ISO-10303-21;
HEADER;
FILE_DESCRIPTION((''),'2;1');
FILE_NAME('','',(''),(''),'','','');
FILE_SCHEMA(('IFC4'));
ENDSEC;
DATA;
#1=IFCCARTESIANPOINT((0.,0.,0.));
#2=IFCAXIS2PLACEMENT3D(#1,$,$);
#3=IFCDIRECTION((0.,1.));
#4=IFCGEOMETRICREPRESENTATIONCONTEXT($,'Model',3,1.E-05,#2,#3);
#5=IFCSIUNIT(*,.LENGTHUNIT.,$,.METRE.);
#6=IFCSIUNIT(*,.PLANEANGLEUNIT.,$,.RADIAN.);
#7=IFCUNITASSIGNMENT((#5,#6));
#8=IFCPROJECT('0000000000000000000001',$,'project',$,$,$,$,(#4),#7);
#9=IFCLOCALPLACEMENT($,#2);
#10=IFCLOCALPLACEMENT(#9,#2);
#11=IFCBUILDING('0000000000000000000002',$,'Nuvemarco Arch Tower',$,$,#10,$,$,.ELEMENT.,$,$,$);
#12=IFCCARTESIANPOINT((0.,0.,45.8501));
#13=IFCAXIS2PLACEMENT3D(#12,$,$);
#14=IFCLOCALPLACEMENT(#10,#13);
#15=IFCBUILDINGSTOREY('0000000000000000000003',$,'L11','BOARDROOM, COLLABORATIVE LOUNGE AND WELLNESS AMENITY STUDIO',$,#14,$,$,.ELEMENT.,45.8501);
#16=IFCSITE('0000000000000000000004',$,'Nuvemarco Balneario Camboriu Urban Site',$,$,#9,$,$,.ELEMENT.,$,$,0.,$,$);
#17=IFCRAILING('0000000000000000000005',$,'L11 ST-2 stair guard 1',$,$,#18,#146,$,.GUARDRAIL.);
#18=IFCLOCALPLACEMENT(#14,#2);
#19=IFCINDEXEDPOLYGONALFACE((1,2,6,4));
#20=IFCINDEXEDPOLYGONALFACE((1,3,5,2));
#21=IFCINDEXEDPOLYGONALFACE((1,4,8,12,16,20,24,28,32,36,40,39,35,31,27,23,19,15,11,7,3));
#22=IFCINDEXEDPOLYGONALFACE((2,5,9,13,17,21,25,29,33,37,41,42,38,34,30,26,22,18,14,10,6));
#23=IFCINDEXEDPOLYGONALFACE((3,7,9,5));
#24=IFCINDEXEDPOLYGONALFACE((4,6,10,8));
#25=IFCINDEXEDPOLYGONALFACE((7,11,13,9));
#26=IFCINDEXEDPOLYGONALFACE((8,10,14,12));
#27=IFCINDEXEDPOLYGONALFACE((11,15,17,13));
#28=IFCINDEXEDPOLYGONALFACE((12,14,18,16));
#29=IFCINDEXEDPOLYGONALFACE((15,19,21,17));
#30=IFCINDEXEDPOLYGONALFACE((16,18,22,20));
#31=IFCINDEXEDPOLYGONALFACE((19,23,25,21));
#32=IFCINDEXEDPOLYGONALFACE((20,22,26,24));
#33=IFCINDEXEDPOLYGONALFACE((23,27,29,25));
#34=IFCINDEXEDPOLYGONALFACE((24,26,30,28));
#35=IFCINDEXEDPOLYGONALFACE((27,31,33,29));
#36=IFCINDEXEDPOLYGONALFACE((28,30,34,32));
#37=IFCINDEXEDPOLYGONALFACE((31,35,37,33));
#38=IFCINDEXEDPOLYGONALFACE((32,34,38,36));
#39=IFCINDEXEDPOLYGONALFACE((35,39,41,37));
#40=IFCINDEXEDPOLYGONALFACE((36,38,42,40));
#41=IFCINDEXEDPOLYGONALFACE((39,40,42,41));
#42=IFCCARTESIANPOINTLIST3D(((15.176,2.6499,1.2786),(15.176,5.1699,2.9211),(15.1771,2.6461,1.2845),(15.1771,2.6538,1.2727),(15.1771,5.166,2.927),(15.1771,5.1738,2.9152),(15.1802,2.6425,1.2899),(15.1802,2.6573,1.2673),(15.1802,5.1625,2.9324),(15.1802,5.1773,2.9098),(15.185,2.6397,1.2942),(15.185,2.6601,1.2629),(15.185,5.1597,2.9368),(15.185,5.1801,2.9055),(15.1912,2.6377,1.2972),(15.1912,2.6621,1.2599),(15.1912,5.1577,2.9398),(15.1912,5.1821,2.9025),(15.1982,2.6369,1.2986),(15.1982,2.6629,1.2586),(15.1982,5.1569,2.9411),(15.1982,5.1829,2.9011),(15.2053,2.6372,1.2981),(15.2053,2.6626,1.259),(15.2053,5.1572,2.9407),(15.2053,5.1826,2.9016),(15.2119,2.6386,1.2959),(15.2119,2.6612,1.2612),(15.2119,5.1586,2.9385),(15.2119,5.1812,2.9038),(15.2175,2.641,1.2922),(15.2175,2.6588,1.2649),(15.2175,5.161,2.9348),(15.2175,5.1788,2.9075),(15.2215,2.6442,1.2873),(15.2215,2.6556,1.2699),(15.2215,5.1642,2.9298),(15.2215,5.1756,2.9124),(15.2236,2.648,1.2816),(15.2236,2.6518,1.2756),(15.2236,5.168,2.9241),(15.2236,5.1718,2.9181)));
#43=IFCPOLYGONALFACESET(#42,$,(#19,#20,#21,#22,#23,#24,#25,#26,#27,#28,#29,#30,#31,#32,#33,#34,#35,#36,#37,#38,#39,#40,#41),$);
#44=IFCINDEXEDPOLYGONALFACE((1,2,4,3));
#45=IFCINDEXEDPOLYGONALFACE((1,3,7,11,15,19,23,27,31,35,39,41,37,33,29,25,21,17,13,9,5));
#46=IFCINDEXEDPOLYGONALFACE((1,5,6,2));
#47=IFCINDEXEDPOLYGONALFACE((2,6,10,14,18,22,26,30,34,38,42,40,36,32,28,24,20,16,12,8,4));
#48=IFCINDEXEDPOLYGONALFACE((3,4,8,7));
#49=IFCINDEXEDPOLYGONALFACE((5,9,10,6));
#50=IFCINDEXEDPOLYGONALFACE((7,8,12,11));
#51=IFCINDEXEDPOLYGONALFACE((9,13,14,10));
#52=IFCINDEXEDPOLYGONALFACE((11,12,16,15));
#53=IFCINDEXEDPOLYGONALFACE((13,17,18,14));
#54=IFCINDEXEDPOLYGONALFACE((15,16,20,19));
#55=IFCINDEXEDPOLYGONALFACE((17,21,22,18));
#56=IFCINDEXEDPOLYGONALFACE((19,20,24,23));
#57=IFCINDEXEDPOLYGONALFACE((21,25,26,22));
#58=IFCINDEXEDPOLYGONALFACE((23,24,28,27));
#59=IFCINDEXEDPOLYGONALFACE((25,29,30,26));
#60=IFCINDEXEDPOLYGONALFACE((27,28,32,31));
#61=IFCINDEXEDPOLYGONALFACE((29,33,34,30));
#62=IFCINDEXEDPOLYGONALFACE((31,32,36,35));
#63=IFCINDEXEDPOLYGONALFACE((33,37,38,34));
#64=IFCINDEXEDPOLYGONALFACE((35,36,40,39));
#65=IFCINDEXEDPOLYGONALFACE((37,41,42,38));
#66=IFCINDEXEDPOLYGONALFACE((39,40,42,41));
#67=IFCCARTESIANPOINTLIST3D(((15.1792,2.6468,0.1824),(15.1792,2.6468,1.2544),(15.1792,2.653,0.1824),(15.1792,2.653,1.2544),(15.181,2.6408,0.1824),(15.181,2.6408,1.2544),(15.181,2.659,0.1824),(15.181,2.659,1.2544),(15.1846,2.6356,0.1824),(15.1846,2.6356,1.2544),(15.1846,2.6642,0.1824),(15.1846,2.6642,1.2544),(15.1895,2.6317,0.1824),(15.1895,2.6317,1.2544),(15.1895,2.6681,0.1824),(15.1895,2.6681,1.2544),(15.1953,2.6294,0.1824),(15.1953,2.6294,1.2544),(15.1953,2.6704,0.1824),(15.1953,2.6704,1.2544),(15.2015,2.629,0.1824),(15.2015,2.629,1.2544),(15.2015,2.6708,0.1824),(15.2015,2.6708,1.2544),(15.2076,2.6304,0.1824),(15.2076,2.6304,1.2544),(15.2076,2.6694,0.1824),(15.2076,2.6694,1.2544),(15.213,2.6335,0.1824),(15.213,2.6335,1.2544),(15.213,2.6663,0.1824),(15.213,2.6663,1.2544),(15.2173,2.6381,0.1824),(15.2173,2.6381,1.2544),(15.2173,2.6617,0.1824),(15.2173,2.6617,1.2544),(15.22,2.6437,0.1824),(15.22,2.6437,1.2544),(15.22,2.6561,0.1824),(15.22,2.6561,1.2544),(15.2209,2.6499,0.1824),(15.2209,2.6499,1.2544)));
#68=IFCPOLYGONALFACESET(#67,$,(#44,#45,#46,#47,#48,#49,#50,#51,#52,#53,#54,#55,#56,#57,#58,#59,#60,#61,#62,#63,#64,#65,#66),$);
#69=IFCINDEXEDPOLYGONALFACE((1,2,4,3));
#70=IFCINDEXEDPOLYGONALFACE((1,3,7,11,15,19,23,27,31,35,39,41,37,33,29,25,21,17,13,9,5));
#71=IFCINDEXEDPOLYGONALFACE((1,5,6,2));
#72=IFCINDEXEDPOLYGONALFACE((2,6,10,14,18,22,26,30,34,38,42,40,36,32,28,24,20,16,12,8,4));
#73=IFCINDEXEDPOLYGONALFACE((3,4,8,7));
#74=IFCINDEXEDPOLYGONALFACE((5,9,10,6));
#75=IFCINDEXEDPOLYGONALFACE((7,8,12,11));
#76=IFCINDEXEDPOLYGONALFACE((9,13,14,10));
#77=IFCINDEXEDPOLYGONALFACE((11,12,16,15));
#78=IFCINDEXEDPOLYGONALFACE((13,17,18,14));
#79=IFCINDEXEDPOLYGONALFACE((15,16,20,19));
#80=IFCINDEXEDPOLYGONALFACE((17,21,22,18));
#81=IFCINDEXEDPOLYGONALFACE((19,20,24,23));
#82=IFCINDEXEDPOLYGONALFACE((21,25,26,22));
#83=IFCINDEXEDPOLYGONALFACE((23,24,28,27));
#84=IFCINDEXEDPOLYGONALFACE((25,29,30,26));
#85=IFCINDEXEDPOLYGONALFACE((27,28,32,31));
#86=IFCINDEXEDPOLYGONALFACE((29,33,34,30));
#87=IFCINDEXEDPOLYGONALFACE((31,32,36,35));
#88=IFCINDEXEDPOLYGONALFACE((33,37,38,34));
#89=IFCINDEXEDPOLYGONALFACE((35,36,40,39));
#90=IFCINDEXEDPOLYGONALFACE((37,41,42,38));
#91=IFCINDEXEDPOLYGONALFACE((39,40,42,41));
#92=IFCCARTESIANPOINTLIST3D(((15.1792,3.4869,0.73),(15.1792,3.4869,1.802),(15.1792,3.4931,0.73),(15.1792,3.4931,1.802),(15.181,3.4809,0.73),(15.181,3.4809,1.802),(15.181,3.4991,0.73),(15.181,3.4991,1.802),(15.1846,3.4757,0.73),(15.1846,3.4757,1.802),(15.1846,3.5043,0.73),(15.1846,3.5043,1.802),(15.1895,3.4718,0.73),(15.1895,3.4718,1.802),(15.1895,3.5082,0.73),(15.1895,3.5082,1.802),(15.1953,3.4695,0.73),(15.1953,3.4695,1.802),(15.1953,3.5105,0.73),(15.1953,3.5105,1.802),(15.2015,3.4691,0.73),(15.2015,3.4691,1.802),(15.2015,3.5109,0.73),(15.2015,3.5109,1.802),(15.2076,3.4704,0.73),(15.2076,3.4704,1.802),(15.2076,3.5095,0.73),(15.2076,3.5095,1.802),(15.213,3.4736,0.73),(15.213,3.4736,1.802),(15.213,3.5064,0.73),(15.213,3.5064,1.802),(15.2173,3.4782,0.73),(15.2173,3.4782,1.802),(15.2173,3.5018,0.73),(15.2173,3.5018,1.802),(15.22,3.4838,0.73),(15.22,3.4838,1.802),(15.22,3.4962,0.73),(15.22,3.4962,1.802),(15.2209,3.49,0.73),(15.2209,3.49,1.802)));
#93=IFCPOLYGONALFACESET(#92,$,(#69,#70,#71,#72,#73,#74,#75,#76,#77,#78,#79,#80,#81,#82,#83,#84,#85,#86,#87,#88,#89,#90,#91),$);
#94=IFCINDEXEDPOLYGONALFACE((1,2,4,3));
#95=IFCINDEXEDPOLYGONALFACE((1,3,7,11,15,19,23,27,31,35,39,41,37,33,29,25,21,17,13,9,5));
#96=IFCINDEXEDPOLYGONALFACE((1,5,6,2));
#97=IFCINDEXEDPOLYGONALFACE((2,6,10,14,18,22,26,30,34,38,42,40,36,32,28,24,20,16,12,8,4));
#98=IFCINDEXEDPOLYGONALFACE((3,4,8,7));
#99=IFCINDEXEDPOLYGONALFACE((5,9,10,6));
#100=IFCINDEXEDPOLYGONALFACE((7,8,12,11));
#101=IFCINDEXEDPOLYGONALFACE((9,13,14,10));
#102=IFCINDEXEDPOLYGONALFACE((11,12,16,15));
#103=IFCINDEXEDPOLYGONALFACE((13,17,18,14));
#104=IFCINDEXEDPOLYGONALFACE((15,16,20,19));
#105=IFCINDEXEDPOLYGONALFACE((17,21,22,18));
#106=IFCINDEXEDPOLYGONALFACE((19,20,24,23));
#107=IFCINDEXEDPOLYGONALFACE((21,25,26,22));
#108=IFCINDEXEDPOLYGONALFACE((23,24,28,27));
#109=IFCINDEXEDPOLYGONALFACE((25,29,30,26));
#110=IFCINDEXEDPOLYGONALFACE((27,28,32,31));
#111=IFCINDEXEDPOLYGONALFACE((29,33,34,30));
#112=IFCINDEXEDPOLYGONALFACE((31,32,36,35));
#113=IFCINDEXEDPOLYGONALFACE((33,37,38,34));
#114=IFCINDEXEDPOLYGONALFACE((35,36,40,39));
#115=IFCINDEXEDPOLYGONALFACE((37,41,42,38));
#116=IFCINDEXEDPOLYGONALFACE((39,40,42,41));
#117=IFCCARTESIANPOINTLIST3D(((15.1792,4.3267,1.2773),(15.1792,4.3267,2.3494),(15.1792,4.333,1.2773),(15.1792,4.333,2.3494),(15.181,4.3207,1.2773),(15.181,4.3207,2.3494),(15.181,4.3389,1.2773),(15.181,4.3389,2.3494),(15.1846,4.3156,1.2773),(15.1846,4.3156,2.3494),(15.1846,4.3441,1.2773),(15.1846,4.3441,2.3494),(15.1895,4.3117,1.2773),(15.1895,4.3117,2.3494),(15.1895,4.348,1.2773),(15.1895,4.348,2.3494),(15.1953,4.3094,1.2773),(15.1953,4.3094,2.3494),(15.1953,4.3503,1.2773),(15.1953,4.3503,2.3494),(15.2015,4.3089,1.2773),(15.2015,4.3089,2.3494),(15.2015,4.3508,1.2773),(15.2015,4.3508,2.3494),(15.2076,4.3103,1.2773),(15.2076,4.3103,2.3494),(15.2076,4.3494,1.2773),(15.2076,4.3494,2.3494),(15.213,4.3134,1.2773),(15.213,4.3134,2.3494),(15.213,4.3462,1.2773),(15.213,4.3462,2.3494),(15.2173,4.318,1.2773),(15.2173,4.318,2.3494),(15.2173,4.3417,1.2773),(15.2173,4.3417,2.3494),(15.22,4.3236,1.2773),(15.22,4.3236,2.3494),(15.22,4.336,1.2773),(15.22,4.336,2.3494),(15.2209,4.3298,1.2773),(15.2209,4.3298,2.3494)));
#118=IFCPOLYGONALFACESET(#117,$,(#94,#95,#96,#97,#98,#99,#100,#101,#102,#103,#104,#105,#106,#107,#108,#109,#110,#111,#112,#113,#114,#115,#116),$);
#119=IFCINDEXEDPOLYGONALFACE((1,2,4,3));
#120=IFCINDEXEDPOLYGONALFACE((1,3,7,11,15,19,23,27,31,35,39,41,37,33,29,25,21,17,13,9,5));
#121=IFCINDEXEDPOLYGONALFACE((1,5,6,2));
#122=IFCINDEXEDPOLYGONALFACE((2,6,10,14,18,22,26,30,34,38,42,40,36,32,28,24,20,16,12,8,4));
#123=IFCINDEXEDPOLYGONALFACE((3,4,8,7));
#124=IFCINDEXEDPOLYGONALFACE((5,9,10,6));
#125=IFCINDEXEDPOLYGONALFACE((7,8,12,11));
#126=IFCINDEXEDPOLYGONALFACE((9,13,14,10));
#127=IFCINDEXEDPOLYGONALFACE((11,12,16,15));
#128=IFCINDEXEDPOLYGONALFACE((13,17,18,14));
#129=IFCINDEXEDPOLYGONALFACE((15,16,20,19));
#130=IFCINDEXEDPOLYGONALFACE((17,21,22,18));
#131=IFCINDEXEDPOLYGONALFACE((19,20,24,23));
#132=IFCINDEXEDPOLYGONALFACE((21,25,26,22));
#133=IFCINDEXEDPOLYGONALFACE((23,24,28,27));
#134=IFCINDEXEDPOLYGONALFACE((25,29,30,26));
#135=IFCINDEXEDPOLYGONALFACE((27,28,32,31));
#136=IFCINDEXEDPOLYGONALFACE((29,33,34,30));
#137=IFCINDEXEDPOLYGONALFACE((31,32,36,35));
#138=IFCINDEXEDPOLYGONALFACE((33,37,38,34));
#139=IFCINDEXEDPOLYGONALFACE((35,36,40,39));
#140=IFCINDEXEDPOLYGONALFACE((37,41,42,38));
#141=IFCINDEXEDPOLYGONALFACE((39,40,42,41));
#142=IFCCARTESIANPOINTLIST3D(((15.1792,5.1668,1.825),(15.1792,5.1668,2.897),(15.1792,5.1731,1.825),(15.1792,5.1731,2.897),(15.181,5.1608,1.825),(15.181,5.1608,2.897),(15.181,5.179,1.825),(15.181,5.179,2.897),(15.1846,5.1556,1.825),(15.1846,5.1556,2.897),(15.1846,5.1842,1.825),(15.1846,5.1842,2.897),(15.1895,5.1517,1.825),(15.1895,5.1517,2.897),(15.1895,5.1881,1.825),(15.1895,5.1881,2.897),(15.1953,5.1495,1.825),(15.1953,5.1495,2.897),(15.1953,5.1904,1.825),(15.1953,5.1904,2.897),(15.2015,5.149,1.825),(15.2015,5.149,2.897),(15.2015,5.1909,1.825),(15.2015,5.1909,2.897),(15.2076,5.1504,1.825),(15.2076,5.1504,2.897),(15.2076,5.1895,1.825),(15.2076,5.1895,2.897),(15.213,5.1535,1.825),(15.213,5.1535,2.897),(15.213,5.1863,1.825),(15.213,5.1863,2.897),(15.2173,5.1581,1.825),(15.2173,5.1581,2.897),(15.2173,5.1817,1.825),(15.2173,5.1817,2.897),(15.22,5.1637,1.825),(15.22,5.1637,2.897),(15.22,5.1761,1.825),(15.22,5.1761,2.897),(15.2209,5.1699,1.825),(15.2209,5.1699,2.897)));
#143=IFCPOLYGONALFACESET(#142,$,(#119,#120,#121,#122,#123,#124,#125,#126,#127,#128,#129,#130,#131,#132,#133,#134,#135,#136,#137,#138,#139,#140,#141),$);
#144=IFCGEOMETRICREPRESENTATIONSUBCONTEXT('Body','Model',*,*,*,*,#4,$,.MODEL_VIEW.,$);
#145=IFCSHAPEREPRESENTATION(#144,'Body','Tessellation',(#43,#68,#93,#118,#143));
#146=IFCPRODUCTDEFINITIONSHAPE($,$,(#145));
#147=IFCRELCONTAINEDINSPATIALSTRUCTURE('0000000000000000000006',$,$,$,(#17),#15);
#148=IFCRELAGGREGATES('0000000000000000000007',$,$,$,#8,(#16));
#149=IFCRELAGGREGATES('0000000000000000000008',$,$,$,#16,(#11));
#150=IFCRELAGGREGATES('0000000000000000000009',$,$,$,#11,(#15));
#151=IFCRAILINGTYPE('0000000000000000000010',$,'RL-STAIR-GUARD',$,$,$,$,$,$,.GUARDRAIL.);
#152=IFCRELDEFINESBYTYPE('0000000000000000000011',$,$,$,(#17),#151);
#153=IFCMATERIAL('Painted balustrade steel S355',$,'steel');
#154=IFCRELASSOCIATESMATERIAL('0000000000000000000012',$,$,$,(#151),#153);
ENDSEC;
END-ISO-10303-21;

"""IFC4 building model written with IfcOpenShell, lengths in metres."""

from ifc_helpers import new_model, si_unit, direction, frame, origin, origin_2d, place, context, subcontext, project, spatial, circle, extrude, material, type_object, element, save


model = new_model("IFC4")

# Units and contexts
model_context = context("Model", 3, precision=1e-05, world=origin(), true_north=direction((0.0, 1.0)))
body_context = subcontext(model_context, "Body", "Model", "MODEL_VIEW")
ifc_project = project(units=[si_unit("LENGTHUNIT", "METRE"), si_unit("PLANEANGLEUNIT", "RADIAN")], contexts=[model_context])

# Site, building, storey
site_placement = place(None, origin())
site = spatial("IfcSite", under=ifc_project, at=site_placement, Name="Nuvemarco Balneario Camboriu Urban Site", CompositionType="ELEMENT", RefElevation=0.0)
building_placement = place(site_placement, origin())
building = spatial("IfcBuilding", under=site, at=building_placement, Name="Nuvemarco Arch Tower", CompositionType="ELEMENT")
storey_placement = place(building_placement, frame((0.0, 0.0, 45.8501)))
storey = spatial("IfcBuildingStorey", under=building, at=storey_placement, Name="L11", Description="BOARDROOM, COLLABORATIVE LOUNGE AND WELLNESS AMENITY STUDIO", CompositionType="ELEMENT", Elevation=45.8501)

# Railing
ifc_material_1 = material(Name="Painted balustrade steel S355", Category="steel")
railing_type_1 = type_object("IfcRailingType", Name="RL-STAIR-GUARD", PredefinedType="GUARDRAIL", material=ifc_material_1)
railing_1_placement = place(storey_placement, frame((15.2, 2.6499, 0.1824)))
element("IfcRailing", 1, at=railing_1_placement, inside=storey, type_object=railing_type_1, Name="L11 ST-2 stair guard 1", PredefinedType="GUARDRAIL", context=body_context, shape_type="SweptSolid", body=[
    extrude(circle(Radius=0.0239, at=origin_2d()), frame((0.0, 0.0, 1.0962), z_axis=(0.0, 0.837749, 0.546055), x_axis=(-1.0, 0.0, 0.0)), (0.0, 0.0, 1.0), 3.0081),
    extrude(circle(Radius=0.021, at=origin_2d()), origin(), (0.0, 0.0, 1.0), 1.072),
    extrude(circle(Radius=0.021, at=origin_2d()), frame((0.0, 0.8401, 0.5476)), (0.0, 0.0, 1.0), 1.072),
    extrude(circle(Radius=0.021, at=origin_2d()), frame((0.0, 1.6799, 1.095)), (0.0, 0.0, 1.0), 1.072),
    extrude(circle(Radius=0.021, at=origin_2d()), frame((0.0, 2.52, 1.6426)), (0.0, 0.0, 1.0), 1.072),
])

save(model, "model.ifc")
